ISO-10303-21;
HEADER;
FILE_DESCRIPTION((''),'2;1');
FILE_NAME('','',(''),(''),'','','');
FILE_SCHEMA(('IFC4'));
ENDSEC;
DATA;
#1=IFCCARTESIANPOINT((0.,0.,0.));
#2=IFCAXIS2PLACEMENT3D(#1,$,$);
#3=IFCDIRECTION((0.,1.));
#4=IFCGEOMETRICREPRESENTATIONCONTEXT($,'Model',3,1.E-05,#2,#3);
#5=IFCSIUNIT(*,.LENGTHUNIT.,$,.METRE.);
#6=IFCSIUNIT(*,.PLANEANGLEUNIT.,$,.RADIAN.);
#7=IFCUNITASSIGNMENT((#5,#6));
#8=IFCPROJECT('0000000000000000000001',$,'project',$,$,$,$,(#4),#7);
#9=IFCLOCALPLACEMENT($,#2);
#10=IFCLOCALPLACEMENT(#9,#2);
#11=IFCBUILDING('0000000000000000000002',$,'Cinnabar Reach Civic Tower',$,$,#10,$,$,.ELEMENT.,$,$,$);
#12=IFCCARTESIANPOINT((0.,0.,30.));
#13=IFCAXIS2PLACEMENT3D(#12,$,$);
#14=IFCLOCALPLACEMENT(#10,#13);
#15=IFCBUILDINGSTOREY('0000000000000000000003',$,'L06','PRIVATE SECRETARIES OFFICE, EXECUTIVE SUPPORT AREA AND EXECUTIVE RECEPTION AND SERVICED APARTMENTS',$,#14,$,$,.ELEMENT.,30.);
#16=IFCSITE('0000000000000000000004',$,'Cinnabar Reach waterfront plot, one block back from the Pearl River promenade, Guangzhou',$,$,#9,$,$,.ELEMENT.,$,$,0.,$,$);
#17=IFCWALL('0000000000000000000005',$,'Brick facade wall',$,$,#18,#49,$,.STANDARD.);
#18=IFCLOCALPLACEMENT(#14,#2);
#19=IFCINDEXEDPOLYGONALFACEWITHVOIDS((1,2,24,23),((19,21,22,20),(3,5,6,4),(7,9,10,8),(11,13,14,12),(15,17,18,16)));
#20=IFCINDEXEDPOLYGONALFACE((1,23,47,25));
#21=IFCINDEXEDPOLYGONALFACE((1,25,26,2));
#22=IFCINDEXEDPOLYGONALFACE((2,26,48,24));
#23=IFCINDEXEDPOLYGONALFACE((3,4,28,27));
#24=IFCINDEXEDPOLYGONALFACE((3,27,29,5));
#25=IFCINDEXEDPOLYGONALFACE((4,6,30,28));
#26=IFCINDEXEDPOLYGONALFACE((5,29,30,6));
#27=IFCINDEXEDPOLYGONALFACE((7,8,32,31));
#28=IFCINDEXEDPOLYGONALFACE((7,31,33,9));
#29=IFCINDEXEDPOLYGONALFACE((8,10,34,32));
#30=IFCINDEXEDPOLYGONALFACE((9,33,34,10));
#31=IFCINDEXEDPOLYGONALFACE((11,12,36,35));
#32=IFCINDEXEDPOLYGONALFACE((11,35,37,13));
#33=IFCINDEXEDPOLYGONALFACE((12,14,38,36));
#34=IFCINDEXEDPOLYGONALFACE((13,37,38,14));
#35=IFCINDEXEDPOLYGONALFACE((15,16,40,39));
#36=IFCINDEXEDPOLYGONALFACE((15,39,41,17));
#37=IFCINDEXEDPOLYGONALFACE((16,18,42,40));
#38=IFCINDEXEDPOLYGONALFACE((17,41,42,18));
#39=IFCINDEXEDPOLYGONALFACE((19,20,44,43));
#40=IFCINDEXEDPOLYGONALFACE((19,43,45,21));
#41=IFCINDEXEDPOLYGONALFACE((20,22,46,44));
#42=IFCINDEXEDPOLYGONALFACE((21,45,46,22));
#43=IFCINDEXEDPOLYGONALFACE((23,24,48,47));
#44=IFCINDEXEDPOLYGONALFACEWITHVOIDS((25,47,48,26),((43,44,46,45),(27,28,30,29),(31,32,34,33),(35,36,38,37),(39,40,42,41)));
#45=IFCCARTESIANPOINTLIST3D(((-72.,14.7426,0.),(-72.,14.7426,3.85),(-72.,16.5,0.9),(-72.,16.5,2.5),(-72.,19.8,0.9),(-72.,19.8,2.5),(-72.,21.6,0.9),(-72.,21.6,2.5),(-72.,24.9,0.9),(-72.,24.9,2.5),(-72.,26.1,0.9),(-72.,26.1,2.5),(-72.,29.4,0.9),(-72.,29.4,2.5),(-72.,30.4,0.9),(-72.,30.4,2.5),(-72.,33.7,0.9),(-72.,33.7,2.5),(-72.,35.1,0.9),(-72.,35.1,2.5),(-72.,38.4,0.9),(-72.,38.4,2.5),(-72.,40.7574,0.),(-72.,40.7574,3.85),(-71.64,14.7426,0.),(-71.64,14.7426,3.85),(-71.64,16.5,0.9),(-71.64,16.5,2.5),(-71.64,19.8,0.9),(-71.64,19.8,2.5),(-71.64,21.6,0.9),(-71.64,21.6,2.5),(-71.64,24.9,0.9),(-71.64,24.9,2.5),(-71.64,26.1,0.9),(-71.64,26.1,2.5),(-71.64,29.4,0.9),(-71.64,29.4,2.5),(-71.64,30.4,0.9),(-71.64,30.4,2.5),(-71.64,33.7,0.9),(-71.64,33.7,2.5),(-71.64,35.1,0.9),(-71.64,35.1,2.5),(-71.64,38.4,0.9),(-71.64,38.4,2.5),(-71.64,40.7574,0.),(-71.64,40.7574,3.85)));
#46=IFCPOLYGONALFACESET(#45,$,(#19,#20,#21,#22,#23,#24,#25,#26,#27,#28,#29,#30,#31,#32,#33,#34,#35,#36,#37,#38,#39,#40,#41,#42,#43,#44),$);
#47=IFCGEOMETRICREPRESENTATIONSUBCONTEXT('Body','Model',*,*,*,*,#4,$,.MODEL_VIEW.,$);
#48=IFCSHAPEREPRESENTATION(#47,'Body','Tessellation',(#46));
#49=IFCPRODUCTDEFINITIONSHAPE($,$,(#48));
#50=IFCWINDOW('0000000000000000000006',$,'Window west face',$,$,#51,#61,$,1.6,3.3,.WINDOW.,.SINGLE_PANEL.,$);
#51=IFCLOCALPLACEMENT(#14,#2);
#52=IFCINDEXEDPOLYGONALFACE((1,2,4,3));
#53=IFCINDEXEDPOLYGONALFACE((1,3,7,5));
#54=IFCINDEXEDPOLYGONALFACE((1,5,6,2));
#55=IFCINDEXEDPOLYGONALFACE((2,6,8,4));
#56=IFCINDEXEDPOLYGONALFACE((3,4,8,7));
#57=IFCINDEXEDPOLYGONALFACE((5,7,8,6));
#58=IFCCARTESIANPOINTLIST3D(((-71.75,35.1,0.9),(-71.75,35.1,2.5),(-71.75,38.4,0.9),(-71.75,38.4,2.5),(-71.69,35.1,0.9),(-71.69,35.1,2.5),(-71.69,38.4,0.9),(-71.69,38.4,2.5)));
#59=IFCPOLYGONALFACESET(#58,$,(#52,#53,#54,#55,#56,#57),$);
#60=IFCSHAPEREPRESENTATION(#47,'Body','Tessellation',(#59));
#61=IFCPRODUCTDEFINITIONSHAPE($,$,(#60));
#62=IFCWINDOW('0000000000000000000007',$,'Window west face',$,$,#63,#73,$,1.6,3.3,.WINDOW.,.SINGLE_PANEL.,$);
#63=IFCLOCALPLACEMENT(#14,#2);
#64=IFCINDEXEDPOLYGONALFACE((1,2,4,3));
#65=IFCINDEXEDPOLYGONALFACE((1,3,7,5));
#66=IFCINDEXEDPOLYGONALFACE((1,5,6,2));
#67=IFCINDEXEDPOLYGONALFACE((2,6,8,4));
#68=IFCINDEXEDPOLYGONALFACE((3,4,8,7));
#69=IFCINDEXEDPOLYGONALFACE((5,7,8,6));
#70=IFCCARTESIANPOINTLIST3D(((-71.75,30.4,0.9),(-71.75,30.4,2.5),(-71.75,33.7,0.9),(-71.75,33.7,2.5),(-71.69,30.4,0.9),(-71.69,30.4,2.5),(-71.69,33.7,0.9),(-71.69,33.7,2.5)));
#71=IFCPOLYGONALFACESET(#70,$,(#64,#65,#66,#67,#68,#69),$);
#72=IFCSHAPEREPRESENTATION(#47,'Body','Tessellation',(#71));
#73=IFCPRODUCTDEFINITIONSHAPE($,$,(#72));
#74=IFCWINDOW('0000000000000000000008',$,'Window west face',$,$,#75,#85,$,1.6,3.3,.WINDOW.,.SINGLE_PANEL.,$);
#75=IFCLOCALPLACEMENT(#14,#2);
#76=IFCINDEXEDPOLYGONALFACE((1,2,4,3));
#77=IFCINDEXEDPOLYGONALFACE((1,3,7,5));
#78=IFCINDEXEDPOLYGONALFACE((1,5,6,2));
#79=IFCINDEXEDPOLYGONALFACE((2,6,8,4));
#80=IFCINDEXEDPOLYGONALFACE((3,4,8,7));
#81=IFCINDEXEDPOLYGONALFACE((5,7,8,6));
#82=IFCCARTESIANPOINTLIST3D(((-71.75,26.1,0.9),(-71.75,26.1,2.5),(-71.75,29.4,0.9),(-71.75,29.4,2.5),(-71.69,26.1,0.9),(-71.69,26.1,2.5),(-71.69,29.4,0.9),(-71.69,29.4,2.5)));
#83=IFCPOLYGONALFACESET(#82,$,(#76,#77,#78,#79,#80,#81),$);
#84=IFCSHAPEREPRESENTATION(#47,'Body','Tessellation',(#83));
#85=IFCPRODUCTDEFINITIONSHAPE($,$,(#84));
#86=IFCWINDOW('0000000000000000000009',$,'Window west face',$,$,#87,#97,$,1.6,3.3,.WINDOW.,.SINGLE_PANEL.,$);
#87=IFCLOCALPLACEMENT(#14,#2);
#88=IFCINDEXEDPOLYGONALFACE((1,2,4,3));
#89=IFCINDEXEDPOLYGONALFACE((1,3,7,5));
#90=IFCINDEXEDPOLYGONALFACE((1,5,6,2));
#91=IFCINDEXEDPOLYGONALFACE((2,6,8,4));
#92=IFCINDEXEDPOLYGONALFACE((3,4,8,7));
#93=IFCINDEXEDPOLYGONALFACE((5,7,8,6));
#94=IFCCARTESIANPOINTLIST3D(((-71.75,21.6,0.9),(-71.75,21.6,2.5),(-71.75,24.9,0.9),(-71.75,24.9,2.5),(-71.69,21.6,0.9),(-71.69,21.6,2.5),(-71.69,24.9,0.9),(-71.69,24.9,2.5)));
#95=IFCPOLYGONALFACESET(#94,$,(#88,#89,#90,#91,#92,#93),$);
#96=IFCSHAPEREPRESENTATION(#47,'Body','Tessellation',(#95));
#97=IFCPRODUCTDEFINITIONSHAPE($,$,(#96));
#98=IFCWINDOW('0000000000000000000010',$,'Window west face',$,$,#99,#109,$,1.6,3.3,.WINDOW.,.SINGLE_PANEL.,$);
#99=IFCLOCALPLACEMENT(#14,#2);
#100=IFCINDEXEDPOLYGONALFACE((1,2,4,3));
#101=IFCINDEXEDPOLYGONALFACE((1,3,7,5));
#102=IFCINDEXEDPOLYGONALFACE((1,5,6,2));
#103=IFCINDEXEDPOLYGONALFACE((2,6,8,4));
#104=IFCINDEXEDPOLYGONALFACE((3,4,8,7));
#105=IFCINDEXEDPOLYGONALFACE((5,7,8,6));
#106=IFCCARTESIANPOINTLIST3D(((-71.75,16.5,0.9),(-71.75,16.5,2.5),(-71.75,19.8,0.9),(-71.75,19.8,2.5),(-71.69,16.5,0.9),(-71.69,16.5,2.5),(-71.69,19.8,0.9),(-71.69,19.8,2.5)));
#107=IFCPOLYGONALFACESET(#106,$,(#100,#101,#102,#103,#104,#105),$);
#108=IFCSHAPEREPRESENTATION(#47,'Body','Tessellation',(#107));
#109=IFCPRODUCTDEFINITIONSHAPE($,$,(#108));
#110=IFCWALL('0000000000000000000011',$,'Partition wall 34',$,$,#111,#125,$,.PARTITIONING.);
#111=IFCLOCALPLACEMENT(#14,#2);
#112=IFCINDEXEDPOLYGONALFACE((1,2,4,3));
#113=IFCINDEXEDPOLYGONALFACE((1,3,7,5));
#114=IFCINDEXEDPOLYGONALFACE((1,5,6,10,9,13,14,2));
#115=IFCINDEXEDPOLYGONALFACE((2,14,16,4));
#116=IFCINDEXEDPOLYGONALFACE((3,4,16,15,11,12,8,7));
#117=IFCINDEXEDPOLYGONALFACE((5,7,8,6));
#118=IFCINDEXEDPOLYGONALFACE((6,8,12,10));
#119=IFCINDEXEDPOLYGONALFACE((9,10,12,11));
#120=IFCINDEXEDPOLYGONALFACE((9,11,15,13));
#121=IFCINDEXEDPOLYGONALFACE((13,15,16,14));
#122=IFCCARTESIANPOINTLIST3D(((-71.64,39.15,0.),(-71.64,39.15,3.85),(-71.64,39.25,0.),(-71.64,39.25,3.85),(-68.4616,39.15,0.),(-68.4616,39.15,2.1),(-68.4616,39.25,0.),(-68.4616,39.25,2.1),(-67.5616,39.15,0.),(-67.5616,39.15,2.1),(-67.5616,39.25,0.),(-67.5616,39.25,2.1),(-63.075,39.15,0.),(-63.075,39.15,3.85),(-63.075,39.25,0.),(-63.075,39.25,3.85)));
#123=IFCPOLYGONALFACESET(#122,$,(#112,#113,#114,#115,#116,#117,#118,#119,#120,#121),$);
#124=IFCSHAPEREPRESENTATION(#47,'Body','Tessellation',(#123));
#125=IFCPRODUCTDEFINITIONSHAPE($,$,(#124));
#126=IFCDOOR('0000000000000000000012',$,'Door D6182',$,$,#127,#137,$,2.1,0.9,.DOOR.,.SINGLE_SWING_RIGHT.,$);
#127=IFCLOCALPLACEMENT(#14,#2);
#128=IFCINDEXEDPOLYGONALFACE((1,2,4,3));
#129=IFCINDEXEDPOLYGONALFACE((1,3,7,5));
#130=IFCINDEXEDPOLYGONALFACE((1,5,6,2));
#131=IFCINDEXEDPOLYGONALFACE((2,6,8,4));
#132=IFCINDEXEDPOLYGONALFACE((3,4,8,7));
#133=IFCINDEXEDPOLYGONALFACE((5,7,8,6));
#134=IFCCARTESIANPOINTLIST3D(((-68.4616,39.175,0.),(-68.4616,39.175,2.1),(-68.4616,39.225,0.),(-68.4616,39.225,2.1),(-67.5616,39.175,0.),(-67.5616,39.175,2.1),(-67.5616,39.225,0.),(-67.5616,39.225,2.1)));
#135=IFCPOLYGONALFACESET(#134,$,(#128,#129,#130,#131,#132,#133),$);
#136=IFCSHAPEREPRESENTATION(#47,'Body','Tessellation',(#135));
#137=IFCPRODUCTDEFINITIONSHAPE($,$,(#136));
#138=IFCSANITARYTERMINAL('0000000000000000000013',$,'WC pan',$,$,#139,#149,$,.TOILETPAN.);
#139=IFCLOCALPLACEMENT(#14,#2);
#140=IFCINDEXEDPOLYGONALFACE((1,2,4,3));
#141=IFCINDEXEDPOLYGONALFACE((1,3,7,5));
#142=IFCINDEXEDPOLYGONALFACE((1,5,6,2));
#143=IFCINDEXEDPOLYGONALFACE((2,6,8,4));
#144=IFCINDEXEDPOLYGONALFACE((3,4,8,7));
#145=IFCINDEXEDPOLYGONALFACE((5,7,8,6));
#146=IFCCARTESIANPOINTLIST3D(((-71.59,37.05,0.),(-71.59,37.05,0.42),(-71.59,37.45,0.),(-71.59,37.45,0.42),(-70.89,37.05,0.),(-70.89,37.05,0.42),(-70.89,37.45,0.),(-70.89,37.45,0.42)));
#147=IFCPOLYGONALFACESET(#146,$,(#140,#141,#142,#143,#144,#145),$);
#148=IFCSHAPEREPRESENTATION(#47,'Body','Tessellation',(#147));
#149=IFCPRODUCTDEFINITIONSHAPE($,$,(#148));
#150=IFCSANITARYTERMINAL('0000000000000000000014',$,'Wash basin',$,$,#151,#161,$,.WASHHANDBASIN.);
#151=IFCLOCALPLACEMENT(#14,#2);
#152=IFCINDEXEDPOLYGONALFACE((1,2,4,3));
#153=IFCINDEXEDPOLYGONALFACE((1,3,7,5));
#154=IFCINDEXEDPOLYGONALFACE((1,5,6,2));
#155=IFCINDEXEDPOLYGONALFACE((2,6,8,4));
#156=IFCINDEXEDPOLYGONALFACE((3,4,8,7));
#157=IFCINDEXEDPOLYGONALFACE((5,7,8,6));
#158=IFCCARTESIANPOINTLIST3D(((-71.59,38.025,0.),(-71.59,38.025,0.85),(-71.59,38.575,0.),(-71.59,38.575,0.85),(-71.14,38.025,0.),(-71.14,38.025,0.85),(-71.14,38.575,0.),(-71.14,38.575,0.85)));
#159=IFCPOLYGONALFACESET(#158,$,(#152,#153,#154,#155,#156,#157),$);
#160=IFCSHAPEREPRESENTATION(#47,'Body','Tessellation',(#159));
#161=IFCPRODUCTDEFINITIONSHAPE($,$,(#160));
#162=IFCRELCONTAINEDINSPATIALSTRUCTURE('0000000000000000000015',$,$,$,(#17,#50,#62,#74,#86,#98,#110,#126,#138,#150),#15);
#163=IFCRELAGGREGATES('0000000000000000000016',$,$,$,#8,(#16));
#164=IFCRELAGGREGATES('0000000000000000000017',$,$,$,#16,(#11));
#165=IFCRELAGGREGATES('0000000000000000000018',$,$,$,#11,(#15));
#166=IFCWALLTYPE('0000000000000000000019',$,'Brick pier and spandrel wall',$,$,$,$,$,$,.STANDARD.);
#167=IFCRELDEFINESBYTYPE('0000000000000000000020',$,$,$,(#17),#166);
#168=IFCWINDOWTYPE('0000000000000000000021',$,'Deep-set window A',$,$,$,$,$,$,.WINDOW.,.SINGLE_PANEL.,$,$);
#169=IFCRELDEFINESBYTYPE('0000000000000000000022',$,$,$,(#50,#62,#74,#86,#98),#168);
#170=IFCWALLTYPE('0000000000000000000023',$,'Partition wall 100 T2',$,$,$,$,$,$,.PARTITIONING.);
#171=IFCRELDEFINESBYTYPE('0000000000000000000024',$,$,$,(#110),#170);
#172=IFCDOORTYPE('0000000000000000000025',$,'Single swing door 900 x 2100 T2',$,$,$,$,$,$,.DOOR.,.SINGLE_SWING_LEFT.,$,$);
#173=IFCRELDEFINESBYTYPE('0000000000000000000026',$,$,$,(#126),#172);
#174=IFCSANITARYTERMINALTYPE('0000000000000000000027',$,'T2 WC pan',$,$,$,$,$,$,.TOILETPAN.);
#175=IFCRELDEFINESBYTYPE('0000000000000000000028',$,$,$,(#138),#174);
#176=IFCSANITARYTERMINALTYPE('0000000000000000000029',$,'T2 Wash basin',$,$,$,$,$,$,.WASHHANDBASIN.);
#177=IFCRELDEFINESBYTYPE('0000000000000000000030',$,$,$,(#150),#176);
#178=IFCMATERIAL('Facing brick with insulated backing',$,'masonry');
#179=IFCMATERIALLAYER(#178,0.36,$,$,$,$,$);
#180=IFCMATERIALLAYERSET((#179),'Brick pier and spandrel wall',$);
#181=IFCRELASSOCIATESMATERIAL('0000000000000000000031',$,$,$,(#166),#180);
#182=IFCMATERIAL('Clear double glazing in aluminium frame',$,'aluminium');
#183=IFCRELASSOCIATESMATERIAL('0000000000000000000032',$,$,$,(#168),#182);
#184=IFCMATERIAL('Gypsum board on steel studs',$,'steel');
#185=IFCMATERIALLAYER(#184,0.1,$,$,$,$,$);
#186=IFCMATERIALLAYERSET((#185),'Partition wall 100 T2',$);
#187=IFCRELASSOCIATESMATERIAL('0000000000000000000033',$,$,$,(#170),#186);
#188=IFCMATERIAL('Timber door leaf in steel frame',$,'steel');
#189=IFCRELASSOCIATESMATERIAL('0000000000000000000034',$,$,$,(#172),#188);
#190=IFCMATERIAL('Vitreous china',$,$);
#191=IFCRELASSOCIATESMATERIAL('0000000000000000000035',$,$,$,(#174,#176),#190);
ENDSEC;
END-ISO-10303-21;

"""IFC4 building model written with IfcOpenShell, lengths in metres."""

from ifc_helpers import new_model, si_unit, direction, frame, frame_2d, origin, origin_2d, place, context, subcontext, project, spatial, rectangle, extrude, material, layer, layer_set, type_object, element, fill, save


model = new_model("IFC4")

# Units and contexts
model_context = context("Model", 3, precision=1e-05, world=origin(), true_north=direction((0.0, 1.0)))
body_context = subcontext(model_context, "Body", "Model", "MODEL_VIEW")
ifc_project = project(units=[si_unit("LENGTHUNIT", "METRE"), si_unit("PLANEANGLEUNIT", "RADIAN")], contexts=[model_context])

# Site, building, storey
site_placement = place(None, origin())
site = spatial("IfcSite", under=ifc_project, at=site_placement, Name="Cinnabar Reach waterfront plot, one block back from the Pearl River promenade, Guangzhou", CompositionType="ELEMENT", RefElevation=0.0)
building_placement = place(site_placement, origin())
building = spatial("IfcBuilding", under=site, at=building_placement, Name="Cinnabar Reach Civic Tower", CompositionType="ELEMENT")
storey_placement = place(building_placement, frame((0.0, 0.0, 30.0)))
storey = spatial("IfcBuildingStorey", under=building, at=storey_placement, Name="L06", Description="PRIVATE SECRETARIES OFFICE, EXECUTIVE SUPPORT AREA AND EXECUTIVE RECEPTION AND SERVICED APARTMENTS", CompositionType="ELEMENT", Elevation=30.0)

# Shared definitions
ifc_material_1 = material(Name="Facing brick with insulated backing", Category="masonry")
ifc_layer_1 = layer(ifc_material_1, 0.36)
ifc_layer_set_1 = layer_set([ifc_layer_1], Name="Brick pier and spandrel wall")
wall_type_1 = type_object("IfcWallType", Name="Brick pier and spandrel wall", PredefinedType="STANDARD", material=ifc_layer_set_1)

# Wall, openings, windows
wall_1_placement = place(storey_placement, frame((-71.82, 40.7574, 0.0), z_axis=(0.0, 0.0, 1.0), x_axis=(0.0, -1.0, 0.0)))
wall_1 = element("IfcWall", 1, at=wall_1_placement, inside=storey, type_object=wall_type_1, Name="Brick facade wall", PredefinedType="STANDARD", context=body_context, shape_type="SweptSolid", body=[
    extrude(rectangle(XDim=26.0148, YDim=0.36, at=frame_2d((13.0074, 0.0))), origin(), (0.0, 0.0, 1.0), 3.85),
])
opening_1_placement = place(wall_1_placement, frame((2.3574, 0.0, 0.9)))
opening_1 = element("IfcOpeningElement", 2, at=opening_1_placement, cuts=wall_1, PredefinedType="OPENING", context=body_context, shape_type="SweptSolid", body=[
    extrude(rectangle(XDim=3.3, YDim=1.6, at=frame_2d((1.65, 0.8))), frame((0.0, 0.19, 0.0), z_axis=(0.0, -1.0, 0.0), x_axis=(1.0, 0.0, 0.0)), (0.0, 0.0, 1.0), 0.38),
])
opening_2_placement = place(wall_1_placement, frame((7.0574, 0.0, 0.9)))
opening_2 = element("IfcOpeningElement", 3, at=opening_2_placement, cuts=wall_1, PredefinedType="OPENING", context=body_context, shape_type="SweptSolid", body=[
    extrude(rectangle(XDim=3.3, YDim=1.6, at=frame_2d((1.65, 0.8))), frame((0.0, 0.19, 0.0), z_axis=(0.0, -1.0, 0.0), x_axis=(1.0, 0.0, 0.0)), (0.0, 0.0, 1.0), 0.38),
])
opening_3_placement = place(wall_1_placement, frame((11.3574, 0.0, 0.9)))
opening_3 = element("IfcOpeningElement", 4, at=opening_3_placement, cuts=wall_1, PredefinedType="OPENING", context=body_context, shape_type="SweptSolid", body=[
    extrude(rectangle(XDim=3.3, YDim=1.6, at=frame_2d((1.65, 0.8))), frame((0.0, 0.19, 0.0), z_axis=(0.0, -1.0, 0.0), x_axis=(1.0, 0.0, 0.0)), (0.0, 0.0, 1.0), 0.38),
])
opening_4_placement = place(wall_1_placement, frame((15.8574, 0.0, 0.9)))
opening_4 = element("IfcOpeningElement", 5, at=opening_4_placement, cuts=wall_1, PredefinedType="OPENING", context=body_context, shape_type="SweptSolid", body=[
    extrude(rectangle(XDim=3.3, YDim=1.6, at=frame_2d((1.65, 0.8))), frame((0.0, 0.19, 0.0), z_axis=(0.0, -1.0, 0.0), x_axis=(1.0, 0.0, 0.0)), (0.0, 0.0, 1.0), 0.38),
])
opening_5_placement = place(wall_1_placement, frame((20.9574, 0.0, 0.9)))
opening_5 = element("IfcOpeningElement", 6, at=opening_5_placement, cuts=wall_1, PredefinedType="OPENING", context=body_context, shape_type="SweptSolid", body=[
    extrude(rectangle(XDim=3.3, YDim=1.6, at=frame_2d((1.65, 0.8))), frame((0.0, 0.19, 0.0), z_axis=(0.0, -1.0, 0.0), x_axis=(1.0, 0.0, 0.0)), (0.0, 0.0, 1.0), 0.38),
])
ifc_material_2 = material(Name="Clear double glazing in aluminium frame", Category="aluminium")
window_type = type_object("IfcWindowType", Name="Deep-set window A", PartitioningType="SINGLE_PANEL", PredefinedType="WINDOW", material=ifc_material_2)
window_1_placement = place(opening_1_placement, origin())
window_1 = element("IfcWindow", 7, at=window_1_placement, inside=storey, type_object=window_type, Name="Window west face", OverallHeight=1.6, OverallWidth=3.3, PartitioningType="SINGLE_PANEL", PredefinedType="WINDOW", context=body_context, shape_type="SweptSolid", body=[
    extrude(rectangle(XDim=3.3, YDim=1.6, at=frame_2d((1.65, 0.8))), frame((0.0, 0.13, 0.0), z_axis=(0.0, -1.0, 0.0), x_axis=(1.0, 0.0, 0.0)), (0.0, 0.0, 1.0), 0.06),
])
fill(opening_1, window_1)
window_2_placement = place(opening_2_placement, origin())
window_2 = element("IfcWindow", 8, at=window_2_placement, inside=storey, type_object=window_type, Name="Window west face", OverallHeight=1.6, OverallWidth=3.3, PartitioningType="SINGLE_PANEL", PredefinedType="WINDOW", context=body_context, shape_type="SweptSolid", body=[
    extrude(rectangle(XDim=3.3, YDim=1.6, at=frame_2d((1.65, 0.8))), frame((0.0, 0.13, 0.0), z_axis=(0.0, -1.0, 0.0), x_axis=(1.0, 0.0, 0.0)), (0.0, 0.0, 1.0), 0.06),
])
fill(opening_2, window_2)
window_3_placement = place(opening_3_placement, origin())
window_3 = element("IfcWindow", 9, at=window_3_placement, inside=storey, type_object=window_type, Name="Window west face", OverallHeight=1.6, OverallWidth=3.3, PartitioningType="SINGLE_PANEL", PredefinedType="WINDOW", context=body_context, shape_type="SweptSolid", body=[
    extrude(rectangle(XDim=3.3, YDim=1.6, at=frame_2d((1.65, 0.8))), frame((0.0, 0.13, 0.0), z_axis=(0.0, -1.0, 0.0), x_axis=(1.0, 0.0, 0.0)), (0.0, 0.0, 1.0), 0.06),
])
fill(opening_3, window_3)
window_4_placement = place(opening_4_placement, origin())
window_4 = element("IfcWindow", 10, at=window_4_placement, inside=storey, type_object=window_type, Name="Window west face", OverallHeight=1.6, OverallWidth=3.3, PartitioningType="SINGLE_PANEL", PredefinedType="WINDOW", context=body_context, shape_type="SweptSolid", body=[
    extrude(rectangle(XDim=3.3, YDim=1.6, at=frame_2d((1.65, 0.8))), frame((0.0, 0.13, 0.0), z_axis=(0.0, -1.0, 0.0), x_axis=(1.0, 0.0, 0.0)), (0.0, 0.0, 1.0), 0.06),
])
fill(opening_4, window_4)
window_5_placement = place(opening_5_placement, origin())
window_5 = element("IfcWindow", 11, at=window_5_placement, inside=storey, type_object=window_type, Name="Window west face", OverallHeight=1.6, OverallWidth=3.3, PartitioningType="SINGLE_PANEL", PredefinedType="WINDOW", context=body_context, shape_type="SweptSolid", body=[
    extrude(rectangle(XDim=3.3, YDim=1.6, at=frame_2d((1.65, 0.8))), frame((0.0, 0.13, 0.0), z_axis=(0.0, -1.0, 0.0), x_axis=(1.0, 0.0, 0.0)), (0.0, 0.0, 1.0), 0.06),
])
fill(opening_5, window_5)

# Wall, opening, door
ifc_material_3 = material(Name="Gypsum board on steel studs", Category="steel")
ifc_layer_2 = layer(ifc_material_3, 0.1)
ifc_layer_set_2 = layer_set([ifc_layer_2], Name="Partition wall 100 T2")
wall_type_2 = type_object("IfcWallType", Name="Partition wall 100 T2", PredefinedType="PARTITIONING", material=ifc_layer_set_2)
wall_2_placement = place(storey_placement, frame((-71.64, 39.2, 0.0), z_axis=(0.0, 0.0, 1.0), x_axis=(1.0, 0.0, 0.0)))
wall_2 = element("IfcWall", 12, at=wall_2_placement, inside=storey, type_object=wall_type_2, Name="Partition wall 34", PredefinedType="PARTITIONING", context=body_context, shape_type="SweptSolid", body=[
    extrude(rectangle(XDim=8.565, YDim=0.1, at=frame_2d((4.2825, 0.0))), origin(), (0.0, 0.0, 1.0), 3.85),
])
opening_6_placement = place(wall_2_placement, frame((3.1784, 0.0, 0.0)))
opening_6 = element("IfcOpeningElement", 13, at=opening_6_placement, cuts=wall_2, PredefinedType="OPENING", context=body_context, shape_type="SweptSolid", body=[
    extrude(rectangle(XDim=0.9, YDim=2.1, at=frame_2d((0.45, 1.05))), frame((0.0, 0.06, 0.0), z_axis=(0.0, -1.0, 0.0), x_axis=(1.0, 0.0, 0.0)), (0.0, 0.0, 1.0), 0.12),
])
ifc_material_4 = material(Name="Timber door leaf in steel frame", Category="steel")
door_type = type_object("IfcDoorType", Name="Single swing door 900 x 2100 T2", OperationType="SINGLE_SWING_LEFT", PredefinedType="DOOR", material=ifc_material_4)
door_placement = place(opening_6_placement, frame((0.9, 0.0, 0.0), z_axis=(0.0, 0.0, 1.0), x_axis=(-1.0, 0.0, 0.0)))
door = element("IfcDoor", 14, at=door_placement, inside=storey, type_object=door_type, Name="Door D6182", OperationType="SINGLE_SWING_RIGHT", OverallHeight=2.1, OverallWidth=0.9, PredefinedType="DOOR", context=body_context, shape_type="SweptSolid", body=[
    extrude(rectangle(XDim=0.9, YDim=2.1, at=frame_2d((0.45, 1.05))), frame((0.0, 0.025, 0.0), z_axis=(0.0, -1.0, 0.0), x_axis=(1.0, 0.0, 0.0)), (0.0, 0.0, 1.0), 0.05),
])
fill(opening_6, door)

# Sanitary terminals
ifc_material_5 = material(Name="Vitreous china")
sanitary_terminal_type_1 = type_object("IfcSanitaryTerminalType", Name="T2 WC pan", PredefinedType="TOILETPAN", material=ifc_material_5)
sanitary_terminal_1_placement = place(storey_placement, frame((-71.24, 37.25, 0.0), z_axis=(0.0, 0.0, 1.0), x_axis=(1.0, 0.0, 0.0)))
element("IfcSanitaryTerminal", 15, at=sanitary_terminal_1_placement, inside=storey, type_object=sanitary_terminal_type_1, Name="WC pan", PredefinedType="TOILETPAN", context=body_context, shape_type="SweptSolid", body=[
    extrude(rectangle(XDim=0.7, YDim=0.4, at=origin_2d()), origin(), (0.0, 0.0, 1.0), 0.42),
])
sanitary_terminal_type_2 = type_object("IfcSanitaryTerminalType", Name="T2 Wash basin", PredefinedType="WASHHANDBASIN", material=ifc_material_5)
sanitary_terminal_2_placement = place(storey_placement, frame((-71.365, 38.3, 0.0), z_axis=(0.0, 0.0, 1.0), x_axis=(1.0, 0.0, 0.0)))
element("IfcSanitaryTerminal", 16, at=sanitary_terminal_2_placement, inside=storey, type_object=sanitary_terminal_type_2, Name="Wash basin", PredefinedType="WASHHANDBASIN", context=body_context, shape_type="SweptSolid", body=[
    extrude(rectangle(XDim=0.45, YDim=0.55, at=origin_2d()), origin(), (0.0, 0.0, 1.0), 0.85),
])

save(model, "model.ifc")
